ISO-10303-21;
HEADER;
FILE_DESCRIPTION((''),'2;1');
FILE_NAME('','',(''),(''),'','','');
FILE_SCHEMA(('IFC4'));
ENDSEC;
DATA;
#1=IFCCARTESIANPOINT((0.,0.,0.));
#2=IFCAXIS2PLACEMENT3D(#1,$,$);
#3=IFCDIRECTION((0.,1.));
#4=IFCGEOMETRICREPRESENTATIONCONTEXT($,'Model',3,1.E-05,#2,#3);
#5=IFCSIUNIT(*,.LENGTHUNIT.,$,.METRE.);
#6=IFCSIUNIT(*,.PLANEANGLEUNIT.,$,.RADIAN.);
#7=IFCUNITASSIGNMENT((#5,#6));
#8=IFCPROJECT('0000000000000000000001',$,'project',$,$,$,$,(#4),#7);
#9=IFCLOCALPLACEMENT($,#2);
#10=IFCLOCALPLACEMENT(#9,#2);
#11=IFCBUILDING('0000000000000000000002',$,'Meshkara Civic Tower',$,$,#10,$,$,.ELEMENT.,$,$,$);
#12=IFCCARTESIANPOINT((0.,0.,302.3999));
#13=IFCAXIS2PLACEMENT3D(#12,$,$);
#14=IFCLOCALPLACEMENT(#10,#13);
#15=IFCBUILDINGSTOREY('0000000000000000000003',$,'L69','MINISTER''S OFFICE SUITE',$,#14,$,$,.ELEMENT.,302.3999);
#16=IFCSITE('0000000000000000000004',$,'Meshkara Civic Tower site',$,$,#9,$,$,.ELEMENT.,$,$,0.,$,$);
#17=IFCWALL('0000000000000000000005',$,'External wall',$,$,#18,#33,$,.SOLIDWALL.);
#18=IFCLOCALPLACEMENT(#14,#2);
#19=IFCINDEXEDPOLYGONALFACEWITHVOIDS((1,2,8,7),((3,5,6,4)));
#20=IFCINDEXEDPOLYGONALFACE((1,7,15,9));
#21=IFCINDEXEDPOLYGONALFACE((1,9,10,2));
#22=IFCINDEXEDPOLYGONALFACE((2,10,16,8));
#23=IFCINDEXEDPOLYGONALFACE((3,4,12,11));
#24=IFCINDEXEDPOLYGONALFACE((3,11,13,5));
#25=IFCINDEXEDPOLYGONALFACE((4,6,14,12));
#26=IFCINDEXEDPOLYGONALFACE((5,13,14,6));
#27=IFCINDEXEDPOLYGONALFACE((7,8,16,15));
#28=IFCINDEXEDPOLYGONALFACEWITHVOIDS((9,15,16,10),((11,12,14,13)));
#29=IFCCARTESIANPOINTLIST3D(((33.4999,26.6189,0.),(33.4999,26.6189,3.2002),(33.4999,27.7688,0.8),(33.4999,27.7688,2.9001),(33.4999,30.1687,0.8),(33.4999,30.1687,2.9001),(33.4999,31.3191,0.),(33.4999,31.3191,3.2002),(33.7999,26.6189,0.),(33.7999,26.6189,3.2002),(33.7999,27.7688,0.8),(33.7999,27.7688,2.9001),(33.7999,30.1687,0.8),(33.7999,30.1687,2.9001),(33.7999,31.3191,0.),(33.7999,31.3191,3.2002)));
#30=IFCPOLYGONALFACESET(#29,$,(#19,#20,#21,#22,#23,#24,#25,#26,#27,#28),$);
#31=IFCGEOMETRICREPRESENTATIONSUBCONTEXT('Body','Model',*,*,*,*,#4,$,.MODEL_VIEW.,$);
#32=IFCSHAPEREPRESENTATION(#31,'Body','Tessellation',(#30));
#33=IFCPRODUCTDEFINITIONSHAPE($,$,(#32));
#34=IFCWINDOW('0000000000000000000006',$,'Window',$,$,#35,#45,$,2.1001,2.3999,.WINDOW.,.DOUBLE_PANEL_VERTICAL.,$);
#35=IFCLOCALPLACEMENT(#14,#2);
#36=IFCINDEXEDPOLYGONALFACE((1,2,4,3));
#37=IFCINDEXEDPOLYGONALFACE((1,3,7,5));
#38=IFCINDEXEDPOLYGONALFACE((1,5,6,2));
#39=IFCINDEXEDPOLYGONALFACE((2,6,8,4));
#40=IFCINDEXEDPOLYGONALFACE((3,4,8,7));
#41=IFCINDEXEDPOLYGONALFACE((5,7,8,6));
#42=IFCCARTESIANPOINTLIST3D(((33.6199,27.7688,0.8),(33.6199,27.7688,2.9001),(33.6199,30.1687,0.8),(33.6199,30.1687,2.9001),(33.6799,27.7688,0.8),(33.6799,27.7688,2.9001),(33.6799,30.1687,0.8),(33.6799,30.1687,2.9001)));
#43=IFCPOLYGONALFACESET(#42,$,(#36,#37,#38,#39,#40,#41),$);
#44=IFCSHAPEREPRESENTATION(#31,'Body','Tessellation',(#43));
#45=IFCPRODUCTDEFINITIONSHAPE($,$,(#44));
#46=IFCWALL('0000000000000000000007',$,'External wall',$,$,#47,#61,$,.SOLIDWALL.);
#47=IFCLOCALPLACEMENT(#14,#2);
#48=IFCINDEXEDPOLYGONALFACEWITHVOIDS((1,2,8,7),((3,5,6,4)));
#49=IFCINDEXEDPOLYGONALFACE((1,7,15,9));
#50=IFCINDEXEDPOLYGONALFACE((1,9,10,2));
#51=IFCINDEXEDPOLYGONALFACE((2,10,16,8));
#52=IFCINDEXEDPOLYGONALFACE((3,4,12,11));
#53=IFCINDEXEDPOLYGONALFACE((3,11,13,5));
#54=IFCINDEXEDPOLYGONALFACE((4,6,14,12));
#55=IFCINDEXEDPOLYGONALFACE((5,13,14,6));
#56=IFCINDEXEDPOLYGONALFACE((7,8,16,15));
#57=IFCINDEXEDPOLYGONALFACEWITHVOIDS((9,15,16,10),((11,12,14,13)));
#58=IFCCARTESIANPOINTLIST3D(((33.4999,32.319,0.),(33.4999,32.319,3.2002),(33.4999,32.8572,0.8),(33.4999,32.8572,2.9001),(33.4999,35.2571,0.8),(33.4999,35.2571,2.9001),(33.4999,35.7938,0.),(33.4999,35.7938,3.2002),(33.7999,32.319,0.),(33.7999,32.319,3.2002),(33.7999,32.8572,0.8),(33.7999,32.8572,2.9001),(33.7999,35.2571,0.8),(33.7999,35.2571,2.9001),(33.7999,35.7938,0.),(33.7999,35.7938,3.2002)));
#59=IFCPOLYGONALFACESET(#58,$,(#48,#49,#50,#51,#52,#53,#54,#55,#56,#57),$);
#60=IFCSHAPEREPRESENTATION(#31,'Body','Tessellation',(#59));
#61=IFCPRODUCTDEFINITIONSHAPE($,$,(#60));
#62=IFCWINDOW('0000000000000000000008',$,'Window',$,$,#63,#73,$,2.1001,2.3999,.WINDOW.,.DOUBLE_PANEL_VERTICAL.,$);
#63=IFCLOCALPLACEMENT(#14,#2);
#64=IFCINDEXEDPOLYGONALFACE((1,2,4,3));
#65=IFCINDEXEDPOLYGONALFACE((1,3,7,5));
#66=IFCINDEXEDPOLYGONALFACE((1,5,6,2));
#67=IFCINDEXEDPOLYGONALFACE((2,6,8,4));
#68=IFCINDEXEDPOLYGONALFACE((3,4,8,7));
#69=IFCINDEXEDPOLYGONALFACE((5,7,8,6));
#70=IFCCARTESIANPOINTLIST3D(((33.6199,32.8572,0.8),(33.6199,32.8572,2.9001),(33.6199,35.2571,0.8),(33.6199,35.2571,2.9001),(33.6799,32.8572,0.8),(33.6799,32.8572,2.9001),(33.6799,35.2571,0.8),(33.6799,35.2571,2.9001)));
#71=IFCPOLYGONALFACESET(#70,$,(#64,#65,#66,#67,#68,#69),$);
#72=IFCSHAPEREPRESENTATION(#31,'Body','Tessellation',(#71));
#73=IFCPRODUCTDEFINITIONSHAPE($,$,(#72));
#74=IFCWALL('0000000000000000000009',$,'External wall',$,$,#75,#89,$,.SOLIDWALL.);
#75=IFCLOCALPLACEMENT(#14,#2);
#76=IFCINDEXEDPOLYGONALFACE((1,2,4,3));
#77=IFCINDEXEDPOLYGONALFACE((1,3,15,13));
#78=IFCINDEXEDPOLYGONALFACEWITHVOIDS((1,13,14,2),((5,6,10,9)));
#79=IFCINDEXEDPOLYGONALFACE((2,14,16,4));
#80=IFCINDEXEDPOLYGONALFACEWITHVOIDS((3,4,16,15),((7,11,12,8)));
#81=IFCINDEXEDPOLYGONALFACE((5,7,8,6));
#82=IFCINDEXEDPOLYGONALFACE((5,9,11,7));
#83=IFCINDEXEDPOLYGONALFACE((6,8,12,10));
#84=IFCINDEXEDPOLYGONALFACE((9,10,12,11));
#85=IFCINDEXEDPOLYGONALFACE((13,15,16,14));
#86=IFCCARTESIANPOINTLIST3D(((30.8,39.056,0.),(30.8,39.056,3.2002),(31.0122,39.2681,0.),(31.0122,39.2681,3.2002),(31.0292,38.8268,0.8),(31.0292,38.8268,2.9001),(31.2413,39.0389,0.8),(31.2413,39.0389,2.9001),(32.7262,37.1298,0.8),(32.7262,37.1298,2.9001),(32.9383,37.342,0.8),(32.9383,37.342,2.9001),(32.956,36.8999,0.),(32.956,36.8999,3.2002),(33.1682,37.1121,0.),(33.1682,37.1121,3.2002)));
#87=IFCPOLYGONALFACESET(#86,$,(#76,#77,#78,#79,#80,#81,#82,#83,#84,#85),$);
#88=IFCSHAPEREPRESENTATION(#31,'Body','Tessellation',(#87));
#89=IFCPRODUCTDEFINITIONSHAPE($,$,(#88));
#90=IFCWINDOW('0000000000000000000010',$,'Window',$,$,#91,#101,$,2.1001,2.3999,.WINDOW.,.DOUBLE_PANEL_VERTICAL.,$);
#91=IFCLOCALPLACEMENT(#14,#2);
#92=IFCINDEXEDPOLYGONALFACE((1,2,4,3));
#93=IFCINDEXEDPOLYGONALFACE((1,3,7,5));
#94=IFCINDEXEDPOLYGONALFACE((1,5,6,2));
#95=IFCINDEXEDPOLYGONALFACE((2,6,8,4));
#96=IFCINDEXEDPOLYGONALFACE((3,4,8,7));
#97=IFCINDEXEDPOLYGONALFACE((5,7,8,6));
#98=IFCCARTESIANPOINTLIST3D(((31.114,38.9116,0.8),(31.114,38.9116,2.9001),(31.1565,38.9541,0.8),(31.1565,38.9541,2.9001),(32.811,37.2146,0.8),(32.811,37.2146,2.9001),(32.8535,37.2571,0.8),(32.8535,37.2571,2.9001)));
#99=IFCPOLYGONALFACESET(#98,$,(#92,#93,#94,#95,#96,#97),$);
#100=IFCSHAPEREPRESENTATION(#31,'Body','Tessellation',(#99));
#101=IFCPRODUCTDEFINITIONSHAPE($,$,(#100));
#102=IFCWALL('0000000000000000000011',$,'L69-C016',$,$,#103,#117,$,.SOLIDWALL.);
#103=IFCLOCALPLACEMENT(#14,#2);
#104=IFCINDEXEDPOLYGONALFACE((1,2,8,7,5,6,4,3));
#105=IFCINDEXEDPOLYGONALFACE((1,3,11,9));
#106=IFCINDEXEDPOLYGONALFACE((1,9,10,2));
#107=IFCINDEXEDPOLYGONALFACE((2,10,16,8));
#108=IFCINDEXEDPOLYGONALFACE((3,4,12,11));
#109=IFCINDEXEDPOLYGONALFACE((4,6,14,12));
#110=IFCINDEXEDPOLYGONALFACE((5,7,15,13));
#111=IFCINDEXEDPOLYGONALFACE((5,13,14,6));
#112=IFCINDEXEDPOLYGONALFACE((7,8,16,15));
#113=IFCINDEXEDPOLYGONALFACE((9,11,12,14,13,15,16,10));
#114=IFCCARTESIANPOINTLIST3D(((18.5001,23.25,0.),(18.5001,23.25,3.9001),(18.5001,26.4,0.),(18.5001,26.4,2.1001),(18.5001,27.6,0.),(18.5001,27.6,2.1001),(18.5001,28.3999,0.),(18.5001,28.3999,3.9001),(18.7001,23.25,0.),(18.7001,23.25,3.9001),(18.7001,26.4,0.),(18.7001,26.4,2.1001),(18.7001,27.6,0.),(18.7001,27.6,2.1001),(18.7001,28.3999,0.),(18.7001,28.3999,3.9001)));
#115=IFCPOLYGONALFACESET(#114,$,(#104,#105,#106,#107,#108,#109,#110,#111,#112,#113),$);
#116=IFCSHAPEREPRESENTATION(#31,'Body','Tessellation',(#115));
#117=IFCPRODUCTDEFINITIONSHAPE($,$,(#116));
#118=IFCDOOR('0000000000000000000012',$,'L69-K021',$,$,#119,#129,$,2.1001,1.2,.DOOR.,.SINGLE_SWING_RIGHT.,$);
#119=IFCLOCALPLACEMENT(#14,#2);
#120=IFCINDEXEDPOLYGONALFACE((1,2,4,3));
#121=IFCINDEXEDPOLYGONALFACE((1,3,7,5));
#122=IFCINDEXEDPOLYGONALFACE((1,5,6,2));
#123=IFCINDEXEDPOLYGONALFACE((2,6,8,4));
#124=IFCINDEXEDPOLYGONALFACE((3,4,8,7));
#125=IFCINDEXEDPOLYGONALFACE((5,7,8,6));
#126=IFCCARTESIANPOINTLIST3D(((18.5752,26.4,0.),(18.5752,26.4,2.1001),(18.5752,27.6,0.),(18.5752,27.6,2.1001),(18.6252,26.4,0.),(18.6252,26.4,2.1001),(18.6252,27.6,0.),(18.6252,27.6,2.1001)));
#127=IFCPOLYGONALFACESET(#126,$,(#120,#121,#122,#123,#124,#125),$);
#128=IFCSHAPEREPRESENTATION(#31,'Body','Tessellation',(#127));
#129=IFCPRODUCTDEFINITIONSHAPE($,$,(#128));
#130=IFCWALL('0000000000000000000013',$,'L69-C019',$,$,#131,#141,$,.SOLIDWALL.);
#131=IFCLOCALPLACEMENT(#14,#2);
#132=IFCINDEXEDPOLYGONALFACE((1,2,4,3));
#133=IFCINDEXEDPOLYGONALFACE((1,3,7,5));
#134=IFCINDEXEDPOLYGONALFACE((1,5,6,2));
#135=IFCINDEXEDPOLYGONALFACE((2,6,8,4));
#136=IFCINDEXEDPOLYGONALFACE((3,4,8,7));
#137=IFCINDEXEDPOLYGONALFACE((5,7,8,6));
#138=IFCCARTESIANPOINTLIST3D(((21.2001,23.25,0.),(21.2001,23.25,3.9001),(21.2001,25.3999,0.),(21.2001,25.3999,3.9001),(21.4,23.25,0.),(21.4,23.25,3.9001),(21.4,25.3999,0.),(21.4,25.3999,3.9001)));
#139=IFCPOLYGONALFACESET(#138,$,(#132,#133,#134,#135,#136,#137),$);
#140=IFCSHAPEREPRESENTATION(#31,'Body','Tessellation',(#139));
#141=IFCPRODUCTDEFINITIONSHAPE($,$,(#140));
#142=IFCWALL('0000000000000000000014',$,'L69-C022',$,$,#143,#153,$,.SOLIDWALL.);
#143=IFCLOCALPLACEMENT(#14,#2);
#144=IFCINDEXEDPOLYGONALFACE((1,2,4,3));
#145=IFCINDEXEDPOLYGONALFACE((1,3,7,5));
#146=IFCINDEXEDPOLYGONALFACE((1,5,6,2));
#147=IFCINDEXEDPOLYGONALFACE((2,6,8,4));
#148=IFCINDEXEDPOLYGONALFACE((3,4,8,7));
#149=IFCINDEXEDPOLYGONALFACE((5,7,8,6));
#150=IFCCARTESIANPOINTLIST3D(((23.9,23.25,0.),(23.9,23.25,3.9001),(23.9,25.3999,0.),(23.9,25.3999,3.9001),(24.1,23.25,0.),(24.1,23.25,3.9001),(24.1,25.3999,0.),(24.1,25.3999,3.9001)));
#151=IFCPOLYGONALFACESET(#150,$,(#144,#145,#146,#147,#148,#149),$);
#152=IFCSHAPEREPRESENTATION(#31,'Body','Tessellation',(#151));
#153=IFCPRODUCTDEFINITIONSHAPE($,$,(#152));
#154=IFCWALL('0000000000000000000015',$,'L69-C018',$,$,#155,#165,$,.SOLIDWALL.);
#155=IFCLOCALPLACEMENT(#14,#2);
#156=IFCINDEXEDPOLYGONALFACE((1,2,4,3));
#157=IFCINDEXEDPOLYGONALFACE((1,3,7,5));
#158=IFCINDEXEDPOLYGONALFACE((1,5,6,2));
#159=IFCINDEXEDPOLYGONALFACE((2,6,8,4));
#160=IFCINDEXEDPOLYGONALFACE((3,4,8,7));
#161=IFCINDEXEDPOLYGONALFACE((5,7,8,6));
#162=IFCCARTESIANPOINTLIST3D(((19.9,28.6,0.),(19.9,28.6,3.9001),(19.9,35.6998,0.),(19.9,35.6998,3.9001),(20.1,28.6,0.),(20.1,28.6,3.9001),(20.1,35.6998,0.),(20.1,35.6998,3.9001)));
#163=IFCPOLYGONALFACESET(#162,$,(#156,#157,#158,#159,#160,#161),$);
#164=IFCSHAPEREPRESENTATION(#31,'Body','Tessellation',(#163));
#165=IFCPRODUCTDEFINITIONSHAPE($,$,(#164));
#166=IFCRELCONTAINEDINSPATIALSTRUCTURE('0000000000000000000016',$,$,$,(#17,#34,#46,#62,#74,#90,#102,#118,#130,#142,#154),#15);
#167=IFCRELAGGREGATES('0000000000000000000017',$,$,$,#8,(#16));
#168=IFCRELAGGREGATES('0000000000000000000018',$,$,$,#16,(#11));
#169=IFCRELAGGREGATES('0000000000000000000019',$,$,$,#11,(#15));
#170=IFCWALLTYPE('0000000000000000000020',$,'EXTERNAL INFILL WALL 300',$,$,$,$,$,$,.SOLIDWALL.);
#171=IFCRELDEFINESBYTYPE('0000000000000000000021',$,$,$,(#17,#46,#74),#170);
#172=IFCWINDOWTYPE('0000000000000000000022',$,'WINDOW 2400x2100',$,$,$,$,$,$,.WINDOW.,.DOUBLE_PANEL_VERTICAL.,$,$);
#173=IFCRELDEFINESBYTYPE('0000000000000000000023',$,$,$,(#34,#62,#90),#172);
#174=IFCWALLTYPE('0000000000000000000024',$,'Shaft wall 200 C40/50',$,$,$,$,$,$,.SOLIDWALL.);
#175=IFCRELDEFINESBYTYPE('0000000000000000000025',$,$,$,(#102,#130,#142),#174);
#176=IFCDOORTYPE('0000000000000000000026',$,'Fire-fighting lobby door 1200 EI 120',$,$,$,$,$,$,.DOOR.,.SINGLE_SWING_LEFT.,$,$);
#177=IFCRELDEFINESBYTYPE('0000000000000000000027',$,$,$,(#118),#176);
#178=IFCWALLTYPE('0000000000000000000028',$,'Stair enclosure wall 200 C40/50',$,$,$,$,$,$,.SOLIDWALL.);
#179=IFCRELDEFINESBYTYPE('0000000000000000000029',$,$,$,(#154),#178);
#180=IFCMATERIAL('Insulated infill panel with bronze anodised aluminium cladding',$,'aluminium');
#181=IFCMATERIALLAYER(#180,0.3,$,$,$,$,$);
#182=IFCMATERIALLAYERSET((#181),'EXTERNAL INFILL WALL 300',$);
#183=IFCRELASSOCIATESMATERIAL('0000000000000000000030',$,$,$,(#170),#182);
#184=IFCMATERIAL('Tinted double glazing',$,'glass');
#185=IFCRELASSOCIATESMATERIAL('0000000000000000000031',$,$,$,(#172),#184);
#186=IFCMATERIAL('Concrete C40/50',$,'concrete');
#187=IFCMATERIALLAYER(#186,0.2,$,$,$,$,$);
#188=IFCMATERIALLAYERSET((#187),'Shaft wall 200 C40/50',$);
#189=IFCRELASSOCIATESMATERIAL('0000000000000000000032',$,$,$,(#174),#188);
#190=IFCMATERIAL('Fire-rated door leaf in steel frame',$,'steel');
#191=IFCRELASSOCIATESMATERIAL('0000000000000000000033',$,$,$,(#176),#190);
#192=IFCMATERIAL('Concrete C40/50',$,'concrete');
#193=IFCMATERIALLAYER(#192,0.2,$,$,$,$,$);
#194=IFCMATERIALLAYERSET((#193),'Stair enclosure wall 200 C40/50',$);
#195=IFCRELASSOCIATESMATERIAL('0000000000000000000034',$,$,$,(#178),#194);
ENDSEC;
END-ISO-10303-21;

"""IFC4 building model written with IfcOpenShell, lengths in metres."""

from ifc_helpers import new_model, si_unit, direction, frame, frame_2d, origin, place, context, subcontext, project, spatial, rectangle, extrude, material, layer, layer_set, type_object, element, fill, save


model = new_model("IFC4")

# Units and contexts
model_context = context("Model", 3, precision=1e-05, world=origin(), true_north=direction((0.0, 1.0)))
body_context = subcontext(model_context, "Body", "Model", "MODEL_VIEW")
ifc_project = project(units=[si_unit("LENGTHUNIT", "METRE"), si_unit("PLANEANGLEUNIT", "RADIAN")], contexts=[model_context])

# Site, building, storey
site_placement = place(None, origin())
site = spatial("IfcSite", under=ifc_project, at=site_placement, Name="Meshkara Civic Tower site", CompositionType="ELEMENT", RefElevation=0.0)
building_placement = place(site_placement, origin())
building = spatial("IfcBuilding", under=site, at=building_placement, Name="Meshkara Civic Tower", CompositionType="ELEMENT")
storey_placement = place(building_placement, frame((0.0, 0.0, 302.3999)))
storey = spatial("IfcBuildingStorey", under=building, at=storey_placement, Name="L69", Description="MINISTER'S OFFICE SUITE", CompositionType="ELEMENT", Elevation=302.3999)

# Walls, openings, windows
ifc_material_1 = material(Name="Insulated infill panel with bronze anodised aluminium cladding", Category="aluminium")
ifc_layer_1 = layer(ifc_material_1, 0.3)
ifc_layer_set_1 = layer_set([ifc_layer_1], Name="EXTERNAL INFILL WALL 300")
wall_type_1 = type_object("IfcWallType", Name="EXTERNAL INFILL WALL 300", PredefinedType="SOLIDWALL", material=ifc_layer_set_1)
wall_1_placement = place(storey_placement, frame((33.6499, 26.6189, 0.0), z_axis=(0.0, 0.0, 1.0), x_axis=(0.0, 1.0, 0.0)))
wall_1 = element("IfcWall", 1, at=wall_1_placement, inside=storey, type_object=wall_type_1, Name="External wall", PredefinedType="SOLIDWALL", context=body_context, shape_type="SweptSolid", body=[
    extrude(rectangle(XDim=4.7002, YDim=0.3, at=frame_2d((2.3501, 0.0))), origin(), (0.0, 0.0, 1.0), 3.2002),
])
opening_1_placement = place(wall_1_placement, frame((1.1499, 0.0, 0.8)))
opening_1 = element("IfcOpeningElement", 2, at=opening_1_placement, cuts=wall_1, PredefinedType="OPENING", context=body_context, shape_type="SweptSolid", body=[
    extrude(rectangle(XDim=2.3999, YDim=2.1001, at=frame_2d((1.2, 1.05))), frame((0.0, 0.1599, 0.0), z_axis=(0.0, -1.0, 0.0), x_axis=(1.0, 0.0, 0.0)), (0.0, 0.0, 1.0), 0.3201),
])
ifc_material_2 = material(Name="Tinted double glazing", Category="glass")
window_type = type_object("IfcWindowType", Name="WINDOW 2400x2100", PartitioningType="DOUBLE_PANEL_VERTICAL", PredefinedType="WINDOW", material=ifc_material_2)
window_1_placement = place(opening_1_placement, origin())
window_1 = element("IfcWindow", 3, at=window_1_placement, inside=storey, type_object=window_type, Name="Window", OverallHeight=2.1001, OverallWidth=2.3999, PartitioningType="DOUBLE_PANEL_VERTICAL", PredefinedType="WINDOW", context=body_context, shape_type="SweptSolid", body=[
    extrude(rectangle(XDim=2.3999, YDim=2.1001, at=frame_2d((1.2, 1.05))), frame((0.0, 0.03, 0.0), z_axis=(0.0, -1.0, 0.0), x_axis=(1.0, 0.0, 0.0)), (0.0, 0.0, 1.0), 0.0601),
])
fill(opening_1, window_1)
wall_2_placement = place(storey_placement, frame((33.6499, 32.3191, 0.0), z_axis=(0.0, 0.0, 1.0), x_axis=(0.0, 1.0, 0.0)))
wall_2 = element("IfcWall", 4, at=wall_2_placement, inside=storey, type_object=wall_type_1, Name="External wall", PredefinedType="SOLIDWALL", context=body_context, shape_type="SweptSolid", body=[
    extrude(rectangle(XDim=3.4749, YDim=0.3, at=frame_2d((1.7373, 0.0))), origin(), (0.0, 0.0, 1.0), 3.2002),
])
opening_2_placement = place(wall_2_placement, frame((0.5381, 0.0, 0.8)))
opening_2 = element("IfcOpeningElement", 5, at=opening_2_placement, cuts=wall_2, PredefinedType="OPENING", context=body_context, shape_type="SweptSolid", body=[
    extrude(rectangle(XDim=2.3999, YDim=2.1001, at=frame_2d((1.2, 1.05))), frame((0.0, 0.1599, 0.0), z_axis=(0.0, -1.0, 0.0), x_axis=(1.0, 0.0, 0.0)), (0.0, 0.0, 1.0), 0.3201),
])
window_2_placement = place(opening_2_placement, origin())
window_2 = element("IfcWindow", 6, at=window_2_placement, inside=storey, type_object=window_type, Name="Window", OverallHeight=2.1001, OverallWidth=2.3999, PartitioningType="DOUBLE_PANEL_VERTICAL", PredefinedType="WINDOW", context=body_context, shape_type="SweptSolid", body=[
    extrude(rectangle(XDim=2.3999, YDim=2.1001, at=frame_2d((1.2, 1.05))), frame((0.0, 0.03, 0.0), z_axis=(0.0, -1.0, 0.0), x_axis=(1.0, 0.0, 0.0)), (0.0, 0.0, 1.0), 0.0601),
])
fill(opening_2, window_2)
wall_3_placement = place(storey_placement, frame((33.062, 37.0061, 0.0), z_axis=(0.0, 0.0, 1.0), x_axis=(-0.707107, 0.707107, 0.0)))
wall_3 = element("IfcWall", 7, at=wall_3_placement, inside=storey, type_object=wall_type_1, Name="External wall", PredefinedType="SOLIDWALL", context=body_context, shape_type="SweptSolid", body=[
    extrude(rectangle(XDim=3.0491, YDim=0.3, at=frame_2d((1.5244, 0.0))), origin(), (0.0, 0.0, 1.0), 3.2002),
])
opening_3_placement = place(wall_3_placement, frame((0.325, 0.0, 0.8)))
opening_3 = element("IfcOpeningElement", 8, at=opening_3_placement, cuts=wall_3, PredefinedType="OPENING", context=body_context, shape_type="SweptSolid", body=[
    extrude(rectangle(XDim=2.3999, YDim=2.1001, at=frame_2d((1.2, 1.05))), frame((0.0, 0.1599, 0.0), z_axis=(0.0, -1.0, 0.0), x_axis=(1.0, 0.0, 0.0)), (0.0, 0.0, 1.0), 0.3201),
])
window_3_placement = place(opening_3_placement, origin())
window_3 = element("IfcWindow", 9, at=window_3_placement, inside=storey, type_object=window_type, Name="Window", OverallHeight=2.1001, OverallWidth=2.3999, PartitioningType="DOUBLE_PANEL_VERTICAL", PredefinedType="WINDOW", context=body_context, shape_type="SweptSolid", body=[
    extrude(rectangle(XDim=2.3999, YDim=2.1001, at=frame_2d((1.2, 1.05))), frame((0.0, 0.03, 0.0), z_axis=(0.0, -1.0, 0.0), x_axis=(1.0, 0.0, 0.0)), (0.0, 0.0, 1.0), 0.0601),
])
fill(opening_3, window_3)

# Wall, opening, door
ifc_material_3 = material(Name="Concrete C40/50", Category="concrete")
ifc_layer_2 = layer(ifc_material_3, 0.2)
ifc_layer_set_2 = layer_set([ifc_layer_2], Name="Shaft wall 200 C40/50")
wall_type_2 = type_object("IfcWallType", Name="Shaft wall 200 C40/50", PredefinedType="SOLIDWALL", material=ifc_layer_set_2)
wall_4_placement = place(storey_placement, frame((18.6001, 23.25, 0.0), z_axis=(0.0, 0.0, 1.0), x_axis=(0.0, 1.0, 0.0)))
wall_4 = element("IfcWall", 10, at=wall_4_placement, inside=storey, type_object=wall_type_2, Name="L69-C016", PredefinedType="SOLIDWALL", context=body_context, shape_type="SweptSolid", body=[
    extrude(rectangle(XDim=5.1499, YDim=0.2, at=frame_2d((2.575, 0.0))), origin(), (0.0, 0.0, 1.0), 3.9001),
])
opening_4_placement = place(wall_4_placement, frame((3.1499, 0.0, 0.0)))
opening_4 = element("IfcOpeningElement", 11, at=opening_4_placement, cuts=wall_4, PredefinedType="OPENING", context=body_context, shape_type="SweptSolid", body=[
    extrude(rectangle(XDim=1.2, YDim=2.1001, at=frame_2d((0.6001, 1.05))), frame((0.0, 0.1099, 0.0), z_axis=(0.0, -1.0, 0.0), x_axis=(1.0, 0.0, 0.0)), (0.0, 0.0, 1.0), 0.22),
])
ifc_material_4 = material(Name="Fire-rated door leaf in steel frame", Category="steel")
door_type_1 = type_object("IfcDoorType", Name="Fire-fighting lobby door 1200 EI 120", OperationType="SINGLE_SWING_LEFT", PredefinedType="DOOR", material=ifc_material_4)
door_1_placement = place(opening_4_placement, origin())
door_1 = element("IfcDoor", 12, at=door_1_placement, inside=storey, type_object=door_type_1, Name="L69-K021", OperationType="SINGLE_SWING_RIGHT", OverallHeight=2.1001, OverallWidth=1.2, PredefinedType="DOOR", context=body_context, shape_type="SweptSolid", body=[
    extrude(rectangle(XDim=1.2, YDim=2.1001, at=frame_2d((0.6001, 1.05))), frame((0.0, 0.0249, 0.0), z_axis=(0.0, -1.0, 0.0), x_axis=(1.0, 0.0, 0.0)), (0.0, 0.0, 1.0), 0.05),
])
fill(opening_4, door_1)

# Walls
for number, where, z_axis, x_axis, name in (
    (13, (21.3, 23.25, 0.0), (0.0, 0.0, 1.0), (0.0, 1.0, 0.0), "L69-C019"),
    (14, (24.0, 23.25, 0.0), (0.0, 0.0, 1.0), (0.0, 1.0, 0.0), "L69-C022"),
):
    element("IfcWall", number, at=place(storey_placement, frame(where, z_axis=z_axis, x_axis=x_axis)), inside=storey, type_object=wall_type_2, Name=name, PredefinedType="SOLIDWALL", context=body_context, shape_type="SweptSolid", body=[
        extrude(rectangle(XDim=2.1499, YDim=0.2, at=frame_2d((1.075, 0.0))), origin(), (0.0, 0.0, 1.0), 3.9001),
    ])
ifc_material_5 = material(Name="Concrete C40/50", Category="concrete")
ifc_layer_3 = layer(ifc_material_5, 0.2)
ifc_layer_set_3 = layer_set([ifc_layer_3], Name="Stair enclosure wall 200 C40/50")
wall_type_3 = type_object("IfcWallType", Name="Stair enclosure wall 200 C40/50", PredefinedType="SOLIDWALL", material=ifc_layer_set_3)
wall_5_placement = place(storey_placement, frame((20.0, 28.6001, 0.0), z_axis=(0.0, 0.0, 1.0), x_axis=(0.0, 1.0, 0.0)))
element("IfcWall", 15, at=wall_5_placement, inside=storey, type_object=wall_type_3, Name="L69-C018", PredefinedType="SOLIDWALL", context=body_context, shape_type="SweptSolid", body=[
    extrude(rectangle(XDim=7.0999, YDim=0.2, at=frame_2d((3.5498, 0.0))), origin(), (0.0, 0.0, 1.0), 3.9001),
])

save(model, "model.ifc")
